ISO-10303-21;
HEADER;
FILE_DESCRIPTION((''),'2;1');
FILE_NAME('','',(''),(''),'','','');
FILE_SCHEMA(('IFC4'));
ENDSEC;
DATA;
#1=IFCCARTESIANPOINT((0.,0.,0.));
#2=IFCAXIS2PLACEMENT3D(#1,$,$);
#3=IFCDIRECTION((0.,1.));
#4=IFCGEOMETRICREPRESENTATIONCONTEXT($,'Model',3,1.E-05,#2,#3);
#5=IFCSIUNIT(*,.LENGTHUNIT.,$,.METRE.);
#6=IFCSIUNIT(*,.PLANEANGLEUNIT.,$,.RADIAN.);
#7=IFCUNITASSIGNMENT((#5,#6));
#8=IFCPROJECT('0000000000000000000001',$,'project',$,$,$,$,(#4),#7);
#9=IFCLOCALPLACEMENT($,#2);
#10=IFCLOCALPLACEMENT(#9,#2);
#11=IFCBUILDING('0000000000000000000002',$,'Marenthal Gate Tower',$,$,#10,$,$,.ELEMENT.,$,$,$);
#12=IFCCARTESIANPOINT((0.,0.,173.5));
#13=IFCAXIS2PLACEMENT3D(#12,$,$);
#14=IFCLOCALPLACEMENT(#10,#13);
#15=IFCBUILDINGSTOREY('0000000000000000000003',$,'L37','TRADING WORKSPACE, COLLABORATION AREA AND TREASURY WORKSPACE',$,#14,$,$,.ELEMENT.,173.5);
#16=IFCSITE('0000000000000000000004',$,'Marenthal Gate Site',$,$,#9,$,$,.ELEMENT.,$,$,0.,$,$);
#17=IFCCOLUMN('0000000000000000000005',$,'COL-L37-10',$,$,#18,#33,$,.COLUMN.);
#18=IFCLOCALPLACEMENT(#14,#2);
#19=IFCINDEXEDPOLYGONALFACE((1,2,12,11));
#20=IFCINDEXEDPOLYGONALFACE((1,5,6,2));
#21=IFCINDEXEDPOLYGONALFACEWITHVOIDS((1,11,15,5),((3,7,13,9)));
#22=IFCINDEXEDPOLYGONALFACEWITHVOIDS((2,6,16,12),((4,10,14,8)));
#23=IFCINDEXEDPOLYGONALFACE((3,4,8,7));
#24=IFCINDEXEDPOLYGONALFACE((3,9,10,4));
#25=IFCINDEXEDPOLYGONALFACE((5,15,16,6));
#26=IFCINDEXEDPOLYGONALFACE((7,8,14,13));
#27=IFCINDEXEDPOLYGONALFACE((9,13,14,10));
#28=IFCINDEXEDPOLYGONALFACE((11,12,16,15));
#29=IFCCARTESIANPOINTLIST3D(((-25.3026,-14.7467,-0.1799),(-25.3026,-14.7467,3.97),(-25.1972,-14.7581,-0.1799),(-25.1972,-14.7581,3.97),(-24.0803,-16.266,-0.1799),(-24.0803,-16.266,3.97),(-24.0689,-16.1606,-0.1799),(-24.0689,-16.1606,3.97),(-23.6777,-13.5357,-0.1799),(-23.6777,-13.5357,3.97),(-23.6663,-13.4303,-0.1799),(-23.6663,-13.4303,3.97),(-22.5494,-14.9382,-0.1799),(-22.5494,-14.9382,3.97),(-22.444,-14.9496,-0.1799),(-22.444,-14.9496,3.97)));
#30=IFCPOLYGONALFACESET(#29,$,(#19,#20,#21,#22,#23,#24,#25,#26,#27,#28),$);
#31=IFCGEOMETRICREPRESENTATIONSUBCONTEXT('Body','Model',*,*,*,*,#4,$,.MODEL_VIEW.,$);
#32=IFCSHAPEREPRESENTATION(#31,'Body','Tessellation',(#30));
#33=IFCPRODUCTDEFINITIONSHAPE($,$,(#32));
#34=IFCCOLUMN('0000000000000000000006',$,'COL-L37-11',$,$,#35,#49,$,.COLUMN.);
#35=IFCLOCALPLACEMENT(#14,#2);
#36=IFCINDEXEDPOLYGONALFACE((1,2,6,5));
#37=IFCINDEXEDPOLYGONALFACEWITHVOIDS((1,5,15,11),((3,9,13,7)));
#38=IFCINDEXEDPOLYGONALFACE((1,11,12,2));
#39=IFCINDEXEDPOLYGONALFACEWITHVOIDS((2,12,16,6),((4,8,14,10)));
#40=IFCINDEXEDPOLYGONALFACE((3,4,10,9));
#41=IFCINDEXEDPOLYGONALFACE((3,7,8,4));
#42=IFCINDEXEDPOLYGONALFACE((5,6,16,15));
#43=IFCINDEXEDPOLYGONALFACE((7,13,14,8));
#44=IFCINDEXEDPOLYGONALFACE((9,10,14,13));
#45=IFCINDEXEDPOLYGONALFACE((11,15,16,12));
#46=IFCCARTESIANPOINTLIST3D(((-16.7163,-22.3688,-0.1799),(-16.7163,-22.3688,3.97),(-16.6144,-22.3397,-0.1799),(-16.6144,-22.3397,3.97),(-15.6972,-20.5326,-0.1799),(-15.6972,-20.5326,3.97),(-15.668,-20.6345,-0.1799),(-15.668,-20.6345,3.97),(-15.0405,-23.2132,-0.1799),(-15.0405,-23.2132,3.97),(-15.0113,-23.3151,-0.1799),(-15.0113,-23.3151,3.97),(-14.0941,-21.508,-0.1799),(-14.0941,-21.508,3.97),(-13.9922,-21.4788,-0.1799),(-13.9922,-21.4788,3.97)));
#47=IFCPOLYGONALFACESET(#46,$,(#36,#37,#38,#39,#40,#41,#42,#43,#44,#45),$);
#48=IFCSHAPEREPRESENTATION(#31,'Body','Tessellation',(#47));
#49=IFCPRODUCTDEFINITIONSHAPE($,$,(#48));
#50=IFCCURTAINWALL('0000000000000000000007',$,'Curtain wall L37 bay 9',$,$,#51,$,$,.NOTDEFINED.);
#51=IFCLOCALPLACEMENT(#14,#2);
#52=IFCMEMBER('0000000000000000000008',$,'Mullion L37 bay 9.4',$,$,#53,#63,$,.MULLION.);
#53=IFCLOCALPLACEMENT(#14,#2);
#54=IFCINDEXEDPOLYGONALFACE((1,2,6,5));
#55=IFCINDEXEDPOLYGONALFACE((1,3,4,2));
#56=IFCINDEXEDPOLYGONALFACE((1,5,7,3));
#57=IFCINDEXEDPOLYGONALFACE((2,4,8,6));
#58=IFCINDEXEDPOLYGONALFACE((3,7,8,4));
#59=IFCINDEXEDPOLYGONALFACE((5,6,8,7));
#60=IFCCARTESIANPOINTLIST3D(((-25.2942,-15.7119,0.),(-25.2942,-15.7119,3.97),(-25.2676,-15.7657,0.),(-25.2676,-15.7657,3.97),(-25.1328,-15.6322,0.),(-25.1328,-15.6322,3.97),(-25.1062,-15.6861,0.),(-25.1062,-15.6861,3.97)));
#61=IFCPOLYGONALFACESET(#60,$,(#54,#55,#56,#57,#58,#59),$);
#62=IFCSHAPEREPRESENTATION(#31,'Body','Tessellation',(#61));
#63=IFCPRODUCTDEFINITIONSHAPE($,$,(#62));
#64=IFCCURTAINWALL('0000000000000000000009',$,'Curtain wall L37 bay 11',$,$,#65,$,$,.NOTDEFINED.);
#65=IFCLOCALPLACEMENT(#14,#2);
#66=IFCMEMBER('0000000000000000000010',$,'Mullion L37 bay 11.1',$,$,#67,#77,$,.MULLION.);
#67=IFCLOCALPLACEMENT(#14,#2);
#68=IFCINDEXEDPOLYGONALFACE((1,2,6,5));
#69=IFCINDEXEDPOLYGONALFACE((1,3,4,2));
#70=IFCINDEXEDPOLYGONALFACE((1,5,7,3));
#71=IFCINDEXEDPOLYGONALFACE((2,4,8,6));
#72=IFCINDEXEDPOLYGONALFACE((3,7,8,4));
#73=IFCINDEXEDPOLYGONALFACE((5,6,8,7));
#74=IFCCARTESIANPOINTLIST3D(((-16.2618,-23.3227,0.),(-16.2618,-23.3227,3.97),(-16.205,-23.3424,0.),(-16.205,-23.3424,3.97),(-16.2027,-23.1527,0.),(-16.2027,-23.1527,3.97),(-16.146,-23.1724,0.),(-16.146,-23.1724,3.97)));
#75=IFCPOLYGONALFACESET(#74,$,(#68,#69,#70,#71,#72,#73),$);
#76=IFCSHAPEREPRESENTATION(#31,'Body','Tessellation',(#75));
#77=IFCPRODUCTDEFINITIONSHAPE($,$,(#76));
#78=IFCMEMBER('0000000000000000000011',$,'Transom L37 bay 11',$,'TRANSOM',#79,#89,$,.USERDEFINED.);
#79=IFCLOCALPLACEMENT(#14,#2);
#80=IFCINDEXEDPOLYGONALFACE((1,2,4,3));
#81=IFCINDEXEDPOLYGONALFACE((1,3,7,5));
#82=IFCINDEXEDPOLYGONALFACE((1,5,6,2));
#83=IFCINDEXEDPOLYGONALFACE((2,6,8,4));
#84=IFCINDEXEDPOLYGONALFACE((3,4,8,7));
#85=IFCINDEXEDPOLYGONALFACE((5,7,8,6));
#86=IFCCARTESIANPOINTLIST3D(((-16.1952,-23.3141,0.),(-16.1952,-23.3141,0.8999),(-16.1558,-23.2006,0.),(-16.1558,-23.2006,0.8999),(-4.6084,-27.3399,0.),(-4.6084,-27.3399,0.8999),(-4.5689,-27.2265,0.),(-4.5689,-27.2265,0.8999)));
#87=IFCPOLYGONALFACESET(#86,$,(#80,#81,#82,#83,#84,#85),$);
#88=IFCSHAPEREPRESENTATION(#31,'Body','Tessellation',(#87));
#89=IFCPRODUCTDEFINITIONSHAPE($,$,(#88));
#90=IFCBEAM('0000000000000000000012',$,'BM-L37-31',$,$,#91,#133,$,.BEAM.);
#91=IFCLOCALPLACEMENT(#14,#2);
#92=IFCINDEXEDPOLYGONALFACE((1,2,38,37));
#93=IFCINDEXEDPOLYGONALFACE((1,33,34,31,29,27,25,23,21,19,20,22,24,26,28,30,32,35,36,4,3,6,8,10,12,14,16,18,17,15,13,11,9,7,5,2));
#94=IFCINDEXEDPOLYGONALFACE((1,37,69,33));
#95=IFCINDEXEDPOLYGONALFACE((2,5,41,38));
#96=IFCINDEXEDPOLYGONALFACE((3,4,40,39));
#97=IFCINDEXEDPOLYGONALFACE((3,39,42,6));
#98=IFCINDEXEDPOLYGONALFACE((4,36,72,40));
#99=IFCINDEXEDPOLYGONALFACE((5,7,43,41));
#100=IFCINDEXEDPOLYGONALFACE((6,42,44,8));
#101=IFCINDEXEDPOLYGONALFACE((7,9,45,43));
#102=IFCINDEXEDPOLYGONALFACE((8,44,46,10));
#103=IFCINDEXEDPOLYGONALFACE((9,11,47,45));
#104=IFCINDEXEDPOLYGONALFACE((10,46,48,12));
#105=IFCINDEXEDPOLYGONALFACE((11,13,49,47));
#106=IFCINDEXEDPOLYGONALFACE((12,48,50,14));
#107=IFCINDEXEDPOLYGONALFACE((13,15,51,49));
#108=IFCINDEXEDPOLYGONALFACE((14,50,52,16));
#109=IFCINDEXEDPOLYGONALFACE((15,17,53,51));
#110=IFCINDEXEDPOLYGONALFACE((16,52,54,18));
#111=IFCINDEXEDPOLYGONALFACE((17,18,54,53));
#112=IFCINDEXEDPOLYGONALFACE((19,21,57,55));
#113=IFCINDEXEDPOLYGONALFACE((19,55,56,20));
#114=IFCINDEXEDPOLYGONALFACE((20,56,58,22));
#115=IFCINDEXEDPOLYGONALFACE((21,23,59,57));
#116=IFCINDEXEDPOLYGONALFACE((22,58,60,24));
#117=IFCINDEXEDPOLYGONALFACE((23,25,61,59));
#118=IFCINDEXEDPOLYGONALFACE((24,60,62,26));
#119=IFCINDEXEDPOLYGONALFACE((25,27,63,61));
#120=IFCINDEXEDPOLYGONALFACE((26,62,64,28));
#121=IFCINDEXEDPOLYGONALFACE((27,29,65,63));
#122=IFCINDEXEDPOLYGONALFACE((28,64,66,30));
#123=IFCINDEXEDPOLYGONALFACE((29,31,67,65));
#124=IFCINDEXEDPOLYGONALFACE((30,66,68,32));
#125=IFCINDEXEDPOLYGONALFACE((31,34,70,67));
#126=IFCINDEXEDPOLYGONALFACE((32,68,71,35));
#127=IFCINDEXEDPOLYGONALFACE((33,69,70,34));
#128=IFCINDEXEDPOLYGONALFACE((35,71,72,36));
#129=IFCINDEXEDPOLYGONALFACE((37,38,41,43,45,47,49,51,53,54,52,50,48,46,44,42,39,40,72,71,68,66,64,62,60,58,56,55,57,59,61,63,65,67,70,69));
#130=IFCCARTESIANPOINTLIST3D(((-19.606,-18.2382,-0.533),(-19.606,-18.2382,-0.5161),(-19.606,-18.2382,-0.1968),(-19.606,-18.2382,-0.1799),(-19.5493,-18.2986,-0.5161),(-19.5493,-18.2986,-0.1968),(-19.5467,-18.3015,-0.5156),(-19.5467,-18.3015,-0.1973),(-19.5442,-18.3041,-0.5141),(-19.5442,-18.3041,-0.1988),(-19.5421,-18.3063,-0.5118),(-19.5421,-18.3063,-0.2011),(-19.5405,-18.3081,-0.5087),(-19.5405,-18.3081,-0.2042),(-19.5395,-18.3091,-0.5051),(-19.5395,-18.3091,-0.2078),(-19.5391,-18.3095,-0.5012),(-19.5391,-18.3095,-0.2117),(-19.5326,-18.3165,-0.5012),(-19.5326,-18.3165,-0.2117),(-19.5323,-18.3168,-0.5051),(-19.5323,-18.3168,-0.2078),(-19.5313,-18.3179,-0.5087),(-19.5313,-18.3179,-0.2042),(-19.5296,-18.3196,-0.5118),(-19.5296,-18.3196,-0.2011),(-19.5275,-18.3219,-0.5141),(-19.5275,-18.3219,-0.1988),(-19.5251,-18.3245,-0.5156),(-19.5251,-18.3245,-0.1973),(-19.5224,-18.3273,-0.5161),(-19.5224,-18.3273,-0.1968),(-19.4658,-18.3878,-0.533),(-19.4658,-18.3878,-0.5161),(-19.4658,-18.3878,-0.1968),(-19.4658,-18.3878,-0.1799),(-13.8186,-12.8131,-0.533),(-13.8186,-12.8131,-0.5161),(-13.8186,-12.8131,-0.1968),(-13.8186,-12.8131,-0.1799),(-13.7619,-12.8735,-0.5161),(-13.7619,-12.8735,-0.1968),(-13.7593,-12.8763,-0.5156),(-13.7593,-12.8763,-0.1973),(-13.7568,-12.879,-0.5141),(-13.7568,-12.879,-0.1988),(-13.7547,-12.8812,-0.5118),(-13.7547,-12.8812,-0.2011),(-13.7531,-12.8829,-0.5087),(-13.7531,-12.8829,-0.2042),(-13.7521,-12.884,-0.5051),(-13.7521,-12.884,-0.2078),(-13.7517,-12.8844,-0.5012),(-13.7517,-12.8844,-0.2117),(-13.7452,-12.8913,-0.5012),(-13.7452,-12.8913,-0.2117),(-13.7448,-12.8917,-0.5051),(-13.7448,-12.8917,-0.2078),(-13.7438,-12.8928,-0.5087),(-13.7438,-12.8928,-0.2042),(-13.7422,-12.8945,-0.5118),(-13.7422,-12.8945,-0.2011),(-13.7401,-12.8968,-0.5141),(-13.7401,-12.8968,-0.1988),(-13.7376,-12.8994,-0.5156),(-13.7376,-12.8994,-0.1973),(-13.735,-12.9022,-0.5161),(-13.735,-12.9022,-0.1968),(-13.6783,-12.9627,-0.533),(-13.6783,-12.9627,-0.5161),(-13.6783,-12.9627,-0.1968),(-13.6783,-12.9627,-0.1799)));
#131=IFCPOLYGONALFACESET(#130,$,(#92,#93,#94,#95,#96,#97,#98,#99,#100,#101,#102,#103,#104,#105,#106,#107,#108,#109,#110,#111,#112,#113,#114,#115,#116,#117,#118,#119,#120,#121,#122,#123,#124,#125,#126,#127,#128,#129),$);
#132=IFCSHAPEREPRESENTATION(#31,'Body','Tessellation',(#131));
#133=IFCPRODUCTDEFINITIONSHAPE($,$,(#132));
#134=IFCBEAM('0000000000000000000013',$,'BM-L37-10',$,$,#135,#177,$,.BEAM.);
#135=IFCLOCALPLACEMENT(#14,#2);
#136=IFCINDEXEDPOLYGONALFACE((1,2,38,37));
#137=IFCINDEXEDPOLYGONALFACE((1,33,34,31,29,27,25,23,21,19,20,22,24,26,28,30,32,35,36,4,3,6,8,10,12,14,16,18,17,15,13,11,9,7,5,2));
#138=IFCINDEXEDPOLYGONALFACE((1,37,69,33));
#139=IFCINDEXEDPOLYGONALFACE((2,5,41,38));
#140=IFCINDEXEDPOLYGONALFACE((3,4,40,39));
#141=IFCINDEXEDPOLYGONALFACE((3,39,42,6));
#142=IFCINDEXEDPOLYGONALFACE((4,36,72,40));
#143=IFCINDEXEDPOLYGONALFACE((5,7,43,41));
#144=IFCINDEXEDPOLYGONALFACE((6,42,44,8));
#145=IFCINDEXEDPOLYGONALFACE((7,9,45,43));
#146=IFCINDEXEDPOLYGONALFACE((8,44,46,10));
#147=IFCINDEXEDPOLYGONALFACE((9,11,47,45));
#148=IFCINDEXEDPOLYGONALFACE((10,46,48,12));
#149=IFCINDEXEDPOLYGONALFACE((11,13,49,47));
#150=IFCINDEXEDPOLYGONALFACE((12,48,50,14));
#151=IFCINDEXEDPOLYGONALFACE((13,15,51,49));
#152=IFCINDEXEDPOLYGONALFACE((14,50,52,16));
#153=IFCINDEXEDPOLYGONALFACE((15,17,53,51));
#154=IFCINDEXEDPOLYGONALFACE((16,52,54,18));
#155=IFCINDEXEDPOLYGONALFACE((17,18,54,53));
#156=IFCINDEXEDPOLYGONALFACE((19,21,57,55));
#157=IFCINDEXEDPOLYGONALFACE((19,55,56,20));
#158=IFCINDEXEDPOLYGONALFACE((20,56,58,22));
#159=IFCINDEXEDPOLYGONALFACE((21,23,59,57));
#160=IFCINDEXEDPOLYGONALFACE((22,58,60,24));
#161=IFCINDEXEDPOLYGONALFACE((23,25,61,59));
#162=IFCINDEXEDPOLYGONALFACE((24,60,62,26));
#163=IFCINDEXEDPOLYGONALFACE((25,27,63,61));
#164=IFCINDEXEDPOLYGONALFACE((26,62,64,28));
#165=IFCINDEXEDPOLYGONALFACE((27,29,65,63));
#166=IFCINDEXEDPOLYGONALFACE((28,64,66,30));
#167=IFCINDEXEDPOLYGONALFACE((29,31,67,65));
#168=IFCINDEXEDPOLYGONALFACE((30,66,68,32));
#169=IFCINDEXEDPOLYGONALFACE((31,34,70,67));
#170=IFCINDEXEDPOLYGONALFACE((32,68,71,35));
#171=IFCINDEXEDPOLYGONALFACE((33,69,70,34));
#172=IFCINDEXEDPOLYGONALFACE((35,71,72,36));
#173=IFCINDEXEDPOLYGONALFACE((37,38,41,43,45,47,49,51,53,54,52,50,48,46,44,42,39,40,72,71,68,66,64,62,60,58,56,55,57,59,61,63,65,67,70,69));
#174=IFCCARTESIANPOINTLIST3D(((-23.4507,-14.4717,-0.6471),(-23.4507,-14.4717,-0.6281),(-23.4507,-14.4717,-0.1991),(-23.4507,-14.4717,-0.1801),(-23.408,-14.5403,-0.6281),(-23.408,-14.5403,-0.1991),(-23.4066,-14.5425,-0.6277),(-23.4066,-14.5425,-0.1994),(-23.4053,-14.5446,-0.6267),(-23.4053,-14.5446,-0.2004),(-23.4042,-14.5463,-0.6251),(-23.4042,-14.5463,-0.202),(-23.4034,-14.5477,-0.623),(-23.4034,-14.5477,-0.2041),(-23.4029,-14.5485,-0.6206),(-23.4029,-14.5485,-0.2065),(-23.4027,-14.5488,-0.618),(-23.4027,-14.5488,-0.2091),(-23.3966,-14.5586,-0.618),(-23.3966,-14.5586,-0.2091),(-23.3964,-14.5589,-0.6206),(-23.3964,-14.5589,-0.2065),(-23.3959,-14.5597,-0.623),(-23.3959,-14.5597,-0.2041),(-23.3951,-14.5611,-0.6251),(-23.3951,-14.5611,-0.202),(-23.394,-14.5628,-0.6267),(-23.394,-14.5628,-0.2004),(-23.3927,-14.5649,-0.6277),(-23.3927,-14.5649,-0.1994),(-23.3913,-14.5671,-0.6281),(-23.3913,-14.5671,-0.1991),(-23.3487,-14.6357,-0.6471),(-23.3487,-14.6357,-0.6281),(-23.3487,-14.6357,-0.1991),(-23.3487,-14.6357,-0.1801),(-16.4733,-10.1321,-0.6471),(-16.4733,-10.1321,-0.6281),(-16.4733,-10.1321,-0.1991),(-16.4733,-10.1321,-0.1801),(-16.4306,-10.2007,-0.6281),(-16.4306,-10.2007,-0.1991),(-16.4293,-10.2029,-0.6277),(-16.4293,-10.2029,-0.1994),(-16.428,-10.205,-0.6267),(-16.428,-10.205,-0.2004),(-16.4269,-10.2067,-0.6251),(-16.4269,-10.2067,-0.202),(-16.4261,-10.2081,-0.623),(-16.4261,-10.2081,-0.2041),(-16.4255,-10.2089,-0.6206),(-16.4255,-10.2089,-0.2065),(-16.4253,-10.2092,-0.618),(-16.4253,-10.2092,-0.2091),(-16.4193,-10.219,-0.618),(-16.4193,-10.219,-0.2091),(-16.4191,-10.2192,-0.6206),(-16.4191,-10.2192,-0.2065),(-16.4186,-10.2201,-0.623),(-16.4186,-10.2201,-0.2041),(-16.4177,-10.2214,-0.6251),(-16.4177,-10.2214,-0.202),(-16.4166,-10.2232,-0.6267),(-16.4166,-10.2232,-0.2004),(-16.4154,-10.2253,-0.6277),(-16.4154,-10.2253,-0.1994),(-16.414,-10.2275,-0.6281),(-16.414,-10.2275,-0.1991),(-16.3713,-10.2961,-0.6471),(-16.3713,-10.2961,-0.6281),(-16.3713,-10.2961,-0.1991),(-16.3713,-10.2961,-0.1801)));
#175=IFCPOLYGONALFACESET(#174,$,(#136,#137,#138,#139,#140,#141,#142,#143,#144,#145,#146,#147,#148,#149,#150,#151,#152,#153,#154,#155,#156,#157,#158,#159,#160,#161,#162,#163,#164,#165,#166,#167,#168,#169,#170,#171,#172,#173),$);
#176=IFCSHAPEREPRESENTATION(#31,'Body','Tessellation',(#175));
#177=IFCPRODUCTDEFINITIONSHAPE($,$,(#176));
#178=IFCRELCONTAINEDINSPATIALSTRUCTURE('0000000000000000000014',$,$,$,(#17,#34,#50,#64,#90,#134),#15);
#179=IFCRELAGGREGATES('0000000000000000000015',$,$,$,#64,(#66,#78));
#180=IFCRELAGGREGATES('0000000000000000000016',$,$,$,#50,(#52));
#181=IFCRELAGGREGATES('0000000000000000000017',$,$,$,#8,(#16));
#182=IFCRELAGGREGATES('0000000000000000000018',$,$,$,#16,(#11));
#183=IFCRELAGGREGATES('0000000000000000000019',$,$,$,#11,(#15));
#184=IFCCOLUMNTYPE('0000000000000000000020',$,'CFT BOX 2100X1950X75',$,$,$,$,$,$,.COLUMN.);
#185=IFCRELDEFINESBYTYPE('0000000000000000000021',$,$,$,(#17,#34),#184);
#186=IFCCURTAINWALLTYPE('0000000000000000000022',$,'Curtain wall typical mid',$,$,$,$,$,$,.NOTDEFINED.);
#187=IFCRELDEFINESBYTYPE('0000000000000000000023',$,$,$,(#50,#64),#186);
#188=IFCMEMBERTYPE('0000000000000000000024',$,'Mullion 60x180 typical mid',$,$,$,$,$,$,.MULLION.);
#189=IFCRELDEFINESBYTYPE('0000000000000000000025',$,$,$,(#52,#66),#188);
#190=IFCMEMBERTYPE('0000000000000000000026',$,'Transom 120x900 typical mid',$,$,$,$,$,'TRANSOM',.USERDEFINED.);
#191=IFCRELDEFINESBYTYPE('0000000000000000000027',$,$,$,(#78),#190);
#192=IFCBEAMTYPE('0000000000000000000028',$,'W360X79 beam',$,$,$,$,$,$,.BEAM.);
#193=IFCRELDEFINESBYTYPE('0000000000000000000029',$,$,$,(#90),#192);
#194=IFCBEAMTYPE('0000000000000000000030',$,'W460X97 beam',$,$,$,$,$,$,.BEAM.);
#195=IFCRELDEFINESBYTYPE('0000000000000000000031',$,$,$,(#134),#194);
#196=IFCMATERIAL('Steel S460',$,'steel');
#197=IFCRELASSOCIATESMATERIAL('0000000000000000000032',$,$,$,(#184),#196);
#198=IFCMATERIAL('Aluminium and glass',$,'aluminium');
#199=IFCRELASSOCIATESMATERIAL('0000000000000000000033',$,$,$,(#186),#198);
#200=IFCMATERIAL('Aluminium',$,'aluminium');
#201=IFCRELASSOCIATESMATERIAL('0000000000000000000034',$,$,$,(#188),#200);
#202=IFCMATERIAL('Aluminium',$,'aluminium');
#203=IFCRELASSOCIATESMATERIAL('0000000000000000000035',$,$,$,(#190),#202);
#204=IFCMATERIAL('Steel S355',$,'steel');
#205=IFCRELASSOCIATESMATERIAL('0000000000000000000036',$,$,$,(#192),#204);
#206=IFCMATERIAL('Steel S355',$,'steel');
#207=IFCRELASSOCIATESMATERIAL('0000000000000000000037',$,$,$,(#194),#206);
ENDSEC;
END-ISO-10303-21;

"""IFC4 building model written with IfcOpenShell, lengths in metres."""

from ifc_helpers import new_model, si_unit, direction, frame, origin, origin_2d, place, context, subcontext, project, spatial, rectangle, hollow_rectangle, i_section, extrude, material, material_profile, profile_set, type_object, element, aggregate, save


model = new_model("IFC4")

# Units and contexts
model_context = context("Model", 3, precision=1e-05, world=origin(), true_north=direction((0.0, 1.0)))
body_context = subcontext(model_context, "Body", "Model", "MODEL_VIEW")
ifc_project = project(units=[si_unit("LENGTHUNIT", "METRE"), si_unit("PLANEANGLEUNIT", "RADIAN")], contexts=[model_context])

# Site, building, storey
site_placement = place(None, origin())
site = spatial("IfcSite", under=ifc_project, at=site_placement, Name="Marenthal Gate Site", CompositionType="ELEMENT", RefElevation=0.0)
building_placement = place(site_placement, origin())
building = spatial("IfcBuilding", under=site, at=building_placement, Name="Marenthal Gate Tower", CompositionType="ELEMENT")
storey_placement = place(building_placement, frame((0.0, 0.0, 173.5)))
storey = spatial("IfcBuildingStorey", under=building, at=storey_placement, Name="L37", Description="TRADING WORKSPACE, COLLABORATION AREA AND TREASURY WORKSPACE", CompositionType="ELEMENT", Elevation=173.5)

# Columns
ifc_material_1 = material(Name="Steel S460", Category="steel")
ifc_material_profile_1 = material_profile(ifc_material_1, hollow_rectangle(XDim=1.95, YDim=2.1001, WallThickness=0.075, at=origin_2d()), Name="CFT BOX 2100X1950X75")
ifc_material_2 = material(Name="Concrete 70 MPa", Category="concrete")
ifc_material_profile_2 = material_profile(ifc_material_2, rectangle(XDim=1.8, YDim=1.95, at=origin_2d()), Name="CFT BOX 2100X1950X75 INFILL")
ifc_profile_set_1 = profile_set([ifc_material_profile_1, ifc_material_profile_2], Name="Steel S460 shell, Concrete 70 MPa infill")
column_type = type_object("IfcColumnType", Name="CFT BOX 2100X1950X75", PredefinedType="COLUMN", material=ifc_profile_set_1)
for number, where, z_axis, x_axis, name in (
    (1, (-23.8733, -14.8481, -0.1799), (0.0, 0.0, 1.0), (-0.626815, 0.779168, 0.0), "COL-L37-10"),
    (2, (-15.3542, -21.9238, -0.1799), (0.0, 0.0, 1.0), (-0.874371, 0.485258, 0.0), "COL-L37-11"),
):
    element("IfcColumn", number, at=place(storey_placement, frame(where, z_axis=z_axis, x_axis=x_axis)), inside=storey, type_object=column_type, Name=name, PredefinedType="COLUMN", context=body_context, shape_type="SweptSolid", body=[
        extrude(hollow_rectangle(XDim=1.95, YDim=2.1001, WallThickness=0.075, at=origin_2d()), origin(), (0.0, 0.0, 1.0), 4.1499),
    ])

# Curtain wall, member
ifc_material_3 = material(Name="Aluminium and glass", Category="aluminium")
curtain_wall_type = type_object("IfcCurtainWallType", Name="Curtain wall typical mid", PredefinedType="NOTDEFINED", material=ifc_material_3)
curtain_wall_1_placement = place(storey_placement, origin())
curtain_wall_1 = element("IfcCurtainWall", 3, at=curtain_wall_1_placement, inside=storey, type_object=curtain_wall_type, Name="Curtain wall L37 bay 9", PredefinedType="NOTDEFINED")
ifc_material_4 = material(Name="Aluminium", Category="aluminium")
ifc_material_profile_3 = material_profile(ifc_material_4, rectangle(XDim=0.1799, YDim=0.0601, at=origin_2d()), Name="60x180 aluminium mullion")
ifc_profile_set_2 = profile_set([ifc_material_profile_3], Name="Aluminium")
member_type_1 = type_object("IfcMemberType", Name="Mullion 60x180 typical mid", PredefinedType="MULLION", material=ifc_profile_set_2)
member_1_placement = place(storey_placement, frame((-25.2002, -15.699, 0.0), z_axis=(0.0, 0.0, 1.0), x_axis=(0.896643, 0.442753, 0.0)))
member_1 = element("IfcMember", 4, at=member_1_placement, type_object=member_type_1, Name="Mullion L37 bay 9.4", PredefinedType="MULLION", context=body_context, shape_type="SweptSolid", body=[
    extrude(rectangle(XDim=0.1799, YDim=0.0601, at=origin_2d()), origin(), (0.0, 0.0, 1.0), 3.97),
])

# Curtain wall, members
curtain_wall_2_placement = place(storey_placement, origin())
curtain_wall_2 = element("IfcCurtainWall", 5, at=curtain_wall_2_placement, inside=storey, type_object=curtain_wall_type, Name="Curtain wall L37 bay 11", PredefinedType="NOTDEFINED")
member_2_placement = place(storey_placement, frame((-16.2039, -23.2476, 0.0), z_axis=(0.0, 0.0, 1.0), x_axis=(0.328211, 0.944604, 0.0)))
member_2 = element("IfcMember", 6, at=member_2_placement, type_object=member_type_1, Name="Mullion L37 bay 11.1", PredefinedType="MULLION", context=body_context, shape_type="SweptSolid", body=[
    extrude(rectangle(XDim=0.1799, YDim=0.0601, at=origin_2d()), origin(), (0.0, 0.0, 1.0), 3.97),
])
ifc_material_5 = material(Name="Aluminium", Category="aluminium")
ifc_material_profile_4 = material_profile(ifc_material_5, rectangle(XDim=0.1201, YDim=0.8999, at=origin_2d()), Name="120x900 aluminium transom")
ifc_profile_set_3 = profile_set([ifc_material_profile_4], Name="Aluminium")
member_type_2 = type_object("IfcMemberType", Name="Transom 120x900 typical mid", ElementType="TRANSOM", PredefinedType="USERDEFINED", material=ifc_profile_set_3)
member_3_placement = place(storey_placement, frame((-16.1755, -23.2573, 0.45), z_axis=(0.944607, -0.328204, 0.0), x_axis=(0.328204, 0.944607, 0.0)))
member_3 = element("IfcMember", 7, at=member_3_placement, type_object=member_type_2, Name="Transom L37 bay 11", ObjectType="TRANSOM", PredefinedType="USERDEFINED", context=body_context, shape_type="SweptSolid", body=[
    extrude(rectangle(XDim=0.1201, YDim=0.8999, at=origin_2d()), origin(), (0.0, 0.0, 1.0), 12.2664),
])
aggregate(curtain_wall_2, [member_2, member_3])

# Beams
ifc_material_6 = material(Name="Steel S355", Category="steel")
ifc_material_profile_5 = material_profile(ifc_material_6, i_section(OverallWidth=0.2051, OverallDepth=0.353, WebThickness=0.0095, FlangeThickness=0.0168, FilletRadius=0.0149, at=origin_2d()), Name="W360X79")
ifc_profile_set_4 = profile_set([ifc_material_profile_5], Name="Steel S355")
beam_type_1 = type_object("IfcBeamType", Name="W360X79 beam", PredefinedType="BEAM", material=ifc_profile_set_4)
beam_1_placement = place(storey_placement, frame((-19.5359, -18.313, -0.3564), z_axis=(0.729575, 0.683901, 0.0), x_axis=(-0.683901, 0.729575, 0.0)))
element("IfcBeam", 8, at=beam_1_placement, inside=storey, type_object=beam_type_1, Name="BM-L37-31", PredefinedType="BEAM", context=body_context, shape_type="SweptSolid", body=[
    extrude(i_section(OverallWidth=0.2051, OverallDepth=0.353, WebThickness=0.0095, FlangeThickness=0.0168, FilletRadius=0.0149, at=origin_2d()), origin(), (0.0, 0.0, 1.0), 7.9326),
])
ifc_material_7 = material(Name="Steel S355", Category="steel")
ifc_material_profile_6 = material_profile(ifc_material_7, i_section(OverallWidth=0.1931, OverallDepth=0.467, WebThickness=0.0115, FlangeThickness=0.019, FilletRadius=0.01, at=origin_2d()), Name="W460X97")
ifc_profile_set_5 = profile_set([ifc_material_profile_6], Name="Steel S355")
beam_type_2 = type_object("IfcBeamType", Name="W460X97 beam", PredefinedType="BEAM", material=ifc_profile_set_5)
beam_2_placement = place(storey_placement, frame((-23.3997, -14.5537, -0.4136), z_axis=(0.849156, 0.528141, 0.0), x_axis=(-0.528141, 0.849156, 0.0)))
element("IfcBeam", 9, at=beam_2_placement, inside=storey, type_object=beam_type_2, Name="BM-L37-10", PredefinedType="BEAM", context=body_context, shape_type="SweptSolid", body=[
    extrude(i_section(OverallWidth=0.1931, OverallDepth=0.467, WebThickness=0.0115, FlangeThickness=0.019, FilletRadius=0.01, at=origin_2d()), origin(), (0.0, 0.0, 1.0), 8.2168),
])

aggregate(curtain_wall_1, [member_1])

save(model, "model.ifc")
